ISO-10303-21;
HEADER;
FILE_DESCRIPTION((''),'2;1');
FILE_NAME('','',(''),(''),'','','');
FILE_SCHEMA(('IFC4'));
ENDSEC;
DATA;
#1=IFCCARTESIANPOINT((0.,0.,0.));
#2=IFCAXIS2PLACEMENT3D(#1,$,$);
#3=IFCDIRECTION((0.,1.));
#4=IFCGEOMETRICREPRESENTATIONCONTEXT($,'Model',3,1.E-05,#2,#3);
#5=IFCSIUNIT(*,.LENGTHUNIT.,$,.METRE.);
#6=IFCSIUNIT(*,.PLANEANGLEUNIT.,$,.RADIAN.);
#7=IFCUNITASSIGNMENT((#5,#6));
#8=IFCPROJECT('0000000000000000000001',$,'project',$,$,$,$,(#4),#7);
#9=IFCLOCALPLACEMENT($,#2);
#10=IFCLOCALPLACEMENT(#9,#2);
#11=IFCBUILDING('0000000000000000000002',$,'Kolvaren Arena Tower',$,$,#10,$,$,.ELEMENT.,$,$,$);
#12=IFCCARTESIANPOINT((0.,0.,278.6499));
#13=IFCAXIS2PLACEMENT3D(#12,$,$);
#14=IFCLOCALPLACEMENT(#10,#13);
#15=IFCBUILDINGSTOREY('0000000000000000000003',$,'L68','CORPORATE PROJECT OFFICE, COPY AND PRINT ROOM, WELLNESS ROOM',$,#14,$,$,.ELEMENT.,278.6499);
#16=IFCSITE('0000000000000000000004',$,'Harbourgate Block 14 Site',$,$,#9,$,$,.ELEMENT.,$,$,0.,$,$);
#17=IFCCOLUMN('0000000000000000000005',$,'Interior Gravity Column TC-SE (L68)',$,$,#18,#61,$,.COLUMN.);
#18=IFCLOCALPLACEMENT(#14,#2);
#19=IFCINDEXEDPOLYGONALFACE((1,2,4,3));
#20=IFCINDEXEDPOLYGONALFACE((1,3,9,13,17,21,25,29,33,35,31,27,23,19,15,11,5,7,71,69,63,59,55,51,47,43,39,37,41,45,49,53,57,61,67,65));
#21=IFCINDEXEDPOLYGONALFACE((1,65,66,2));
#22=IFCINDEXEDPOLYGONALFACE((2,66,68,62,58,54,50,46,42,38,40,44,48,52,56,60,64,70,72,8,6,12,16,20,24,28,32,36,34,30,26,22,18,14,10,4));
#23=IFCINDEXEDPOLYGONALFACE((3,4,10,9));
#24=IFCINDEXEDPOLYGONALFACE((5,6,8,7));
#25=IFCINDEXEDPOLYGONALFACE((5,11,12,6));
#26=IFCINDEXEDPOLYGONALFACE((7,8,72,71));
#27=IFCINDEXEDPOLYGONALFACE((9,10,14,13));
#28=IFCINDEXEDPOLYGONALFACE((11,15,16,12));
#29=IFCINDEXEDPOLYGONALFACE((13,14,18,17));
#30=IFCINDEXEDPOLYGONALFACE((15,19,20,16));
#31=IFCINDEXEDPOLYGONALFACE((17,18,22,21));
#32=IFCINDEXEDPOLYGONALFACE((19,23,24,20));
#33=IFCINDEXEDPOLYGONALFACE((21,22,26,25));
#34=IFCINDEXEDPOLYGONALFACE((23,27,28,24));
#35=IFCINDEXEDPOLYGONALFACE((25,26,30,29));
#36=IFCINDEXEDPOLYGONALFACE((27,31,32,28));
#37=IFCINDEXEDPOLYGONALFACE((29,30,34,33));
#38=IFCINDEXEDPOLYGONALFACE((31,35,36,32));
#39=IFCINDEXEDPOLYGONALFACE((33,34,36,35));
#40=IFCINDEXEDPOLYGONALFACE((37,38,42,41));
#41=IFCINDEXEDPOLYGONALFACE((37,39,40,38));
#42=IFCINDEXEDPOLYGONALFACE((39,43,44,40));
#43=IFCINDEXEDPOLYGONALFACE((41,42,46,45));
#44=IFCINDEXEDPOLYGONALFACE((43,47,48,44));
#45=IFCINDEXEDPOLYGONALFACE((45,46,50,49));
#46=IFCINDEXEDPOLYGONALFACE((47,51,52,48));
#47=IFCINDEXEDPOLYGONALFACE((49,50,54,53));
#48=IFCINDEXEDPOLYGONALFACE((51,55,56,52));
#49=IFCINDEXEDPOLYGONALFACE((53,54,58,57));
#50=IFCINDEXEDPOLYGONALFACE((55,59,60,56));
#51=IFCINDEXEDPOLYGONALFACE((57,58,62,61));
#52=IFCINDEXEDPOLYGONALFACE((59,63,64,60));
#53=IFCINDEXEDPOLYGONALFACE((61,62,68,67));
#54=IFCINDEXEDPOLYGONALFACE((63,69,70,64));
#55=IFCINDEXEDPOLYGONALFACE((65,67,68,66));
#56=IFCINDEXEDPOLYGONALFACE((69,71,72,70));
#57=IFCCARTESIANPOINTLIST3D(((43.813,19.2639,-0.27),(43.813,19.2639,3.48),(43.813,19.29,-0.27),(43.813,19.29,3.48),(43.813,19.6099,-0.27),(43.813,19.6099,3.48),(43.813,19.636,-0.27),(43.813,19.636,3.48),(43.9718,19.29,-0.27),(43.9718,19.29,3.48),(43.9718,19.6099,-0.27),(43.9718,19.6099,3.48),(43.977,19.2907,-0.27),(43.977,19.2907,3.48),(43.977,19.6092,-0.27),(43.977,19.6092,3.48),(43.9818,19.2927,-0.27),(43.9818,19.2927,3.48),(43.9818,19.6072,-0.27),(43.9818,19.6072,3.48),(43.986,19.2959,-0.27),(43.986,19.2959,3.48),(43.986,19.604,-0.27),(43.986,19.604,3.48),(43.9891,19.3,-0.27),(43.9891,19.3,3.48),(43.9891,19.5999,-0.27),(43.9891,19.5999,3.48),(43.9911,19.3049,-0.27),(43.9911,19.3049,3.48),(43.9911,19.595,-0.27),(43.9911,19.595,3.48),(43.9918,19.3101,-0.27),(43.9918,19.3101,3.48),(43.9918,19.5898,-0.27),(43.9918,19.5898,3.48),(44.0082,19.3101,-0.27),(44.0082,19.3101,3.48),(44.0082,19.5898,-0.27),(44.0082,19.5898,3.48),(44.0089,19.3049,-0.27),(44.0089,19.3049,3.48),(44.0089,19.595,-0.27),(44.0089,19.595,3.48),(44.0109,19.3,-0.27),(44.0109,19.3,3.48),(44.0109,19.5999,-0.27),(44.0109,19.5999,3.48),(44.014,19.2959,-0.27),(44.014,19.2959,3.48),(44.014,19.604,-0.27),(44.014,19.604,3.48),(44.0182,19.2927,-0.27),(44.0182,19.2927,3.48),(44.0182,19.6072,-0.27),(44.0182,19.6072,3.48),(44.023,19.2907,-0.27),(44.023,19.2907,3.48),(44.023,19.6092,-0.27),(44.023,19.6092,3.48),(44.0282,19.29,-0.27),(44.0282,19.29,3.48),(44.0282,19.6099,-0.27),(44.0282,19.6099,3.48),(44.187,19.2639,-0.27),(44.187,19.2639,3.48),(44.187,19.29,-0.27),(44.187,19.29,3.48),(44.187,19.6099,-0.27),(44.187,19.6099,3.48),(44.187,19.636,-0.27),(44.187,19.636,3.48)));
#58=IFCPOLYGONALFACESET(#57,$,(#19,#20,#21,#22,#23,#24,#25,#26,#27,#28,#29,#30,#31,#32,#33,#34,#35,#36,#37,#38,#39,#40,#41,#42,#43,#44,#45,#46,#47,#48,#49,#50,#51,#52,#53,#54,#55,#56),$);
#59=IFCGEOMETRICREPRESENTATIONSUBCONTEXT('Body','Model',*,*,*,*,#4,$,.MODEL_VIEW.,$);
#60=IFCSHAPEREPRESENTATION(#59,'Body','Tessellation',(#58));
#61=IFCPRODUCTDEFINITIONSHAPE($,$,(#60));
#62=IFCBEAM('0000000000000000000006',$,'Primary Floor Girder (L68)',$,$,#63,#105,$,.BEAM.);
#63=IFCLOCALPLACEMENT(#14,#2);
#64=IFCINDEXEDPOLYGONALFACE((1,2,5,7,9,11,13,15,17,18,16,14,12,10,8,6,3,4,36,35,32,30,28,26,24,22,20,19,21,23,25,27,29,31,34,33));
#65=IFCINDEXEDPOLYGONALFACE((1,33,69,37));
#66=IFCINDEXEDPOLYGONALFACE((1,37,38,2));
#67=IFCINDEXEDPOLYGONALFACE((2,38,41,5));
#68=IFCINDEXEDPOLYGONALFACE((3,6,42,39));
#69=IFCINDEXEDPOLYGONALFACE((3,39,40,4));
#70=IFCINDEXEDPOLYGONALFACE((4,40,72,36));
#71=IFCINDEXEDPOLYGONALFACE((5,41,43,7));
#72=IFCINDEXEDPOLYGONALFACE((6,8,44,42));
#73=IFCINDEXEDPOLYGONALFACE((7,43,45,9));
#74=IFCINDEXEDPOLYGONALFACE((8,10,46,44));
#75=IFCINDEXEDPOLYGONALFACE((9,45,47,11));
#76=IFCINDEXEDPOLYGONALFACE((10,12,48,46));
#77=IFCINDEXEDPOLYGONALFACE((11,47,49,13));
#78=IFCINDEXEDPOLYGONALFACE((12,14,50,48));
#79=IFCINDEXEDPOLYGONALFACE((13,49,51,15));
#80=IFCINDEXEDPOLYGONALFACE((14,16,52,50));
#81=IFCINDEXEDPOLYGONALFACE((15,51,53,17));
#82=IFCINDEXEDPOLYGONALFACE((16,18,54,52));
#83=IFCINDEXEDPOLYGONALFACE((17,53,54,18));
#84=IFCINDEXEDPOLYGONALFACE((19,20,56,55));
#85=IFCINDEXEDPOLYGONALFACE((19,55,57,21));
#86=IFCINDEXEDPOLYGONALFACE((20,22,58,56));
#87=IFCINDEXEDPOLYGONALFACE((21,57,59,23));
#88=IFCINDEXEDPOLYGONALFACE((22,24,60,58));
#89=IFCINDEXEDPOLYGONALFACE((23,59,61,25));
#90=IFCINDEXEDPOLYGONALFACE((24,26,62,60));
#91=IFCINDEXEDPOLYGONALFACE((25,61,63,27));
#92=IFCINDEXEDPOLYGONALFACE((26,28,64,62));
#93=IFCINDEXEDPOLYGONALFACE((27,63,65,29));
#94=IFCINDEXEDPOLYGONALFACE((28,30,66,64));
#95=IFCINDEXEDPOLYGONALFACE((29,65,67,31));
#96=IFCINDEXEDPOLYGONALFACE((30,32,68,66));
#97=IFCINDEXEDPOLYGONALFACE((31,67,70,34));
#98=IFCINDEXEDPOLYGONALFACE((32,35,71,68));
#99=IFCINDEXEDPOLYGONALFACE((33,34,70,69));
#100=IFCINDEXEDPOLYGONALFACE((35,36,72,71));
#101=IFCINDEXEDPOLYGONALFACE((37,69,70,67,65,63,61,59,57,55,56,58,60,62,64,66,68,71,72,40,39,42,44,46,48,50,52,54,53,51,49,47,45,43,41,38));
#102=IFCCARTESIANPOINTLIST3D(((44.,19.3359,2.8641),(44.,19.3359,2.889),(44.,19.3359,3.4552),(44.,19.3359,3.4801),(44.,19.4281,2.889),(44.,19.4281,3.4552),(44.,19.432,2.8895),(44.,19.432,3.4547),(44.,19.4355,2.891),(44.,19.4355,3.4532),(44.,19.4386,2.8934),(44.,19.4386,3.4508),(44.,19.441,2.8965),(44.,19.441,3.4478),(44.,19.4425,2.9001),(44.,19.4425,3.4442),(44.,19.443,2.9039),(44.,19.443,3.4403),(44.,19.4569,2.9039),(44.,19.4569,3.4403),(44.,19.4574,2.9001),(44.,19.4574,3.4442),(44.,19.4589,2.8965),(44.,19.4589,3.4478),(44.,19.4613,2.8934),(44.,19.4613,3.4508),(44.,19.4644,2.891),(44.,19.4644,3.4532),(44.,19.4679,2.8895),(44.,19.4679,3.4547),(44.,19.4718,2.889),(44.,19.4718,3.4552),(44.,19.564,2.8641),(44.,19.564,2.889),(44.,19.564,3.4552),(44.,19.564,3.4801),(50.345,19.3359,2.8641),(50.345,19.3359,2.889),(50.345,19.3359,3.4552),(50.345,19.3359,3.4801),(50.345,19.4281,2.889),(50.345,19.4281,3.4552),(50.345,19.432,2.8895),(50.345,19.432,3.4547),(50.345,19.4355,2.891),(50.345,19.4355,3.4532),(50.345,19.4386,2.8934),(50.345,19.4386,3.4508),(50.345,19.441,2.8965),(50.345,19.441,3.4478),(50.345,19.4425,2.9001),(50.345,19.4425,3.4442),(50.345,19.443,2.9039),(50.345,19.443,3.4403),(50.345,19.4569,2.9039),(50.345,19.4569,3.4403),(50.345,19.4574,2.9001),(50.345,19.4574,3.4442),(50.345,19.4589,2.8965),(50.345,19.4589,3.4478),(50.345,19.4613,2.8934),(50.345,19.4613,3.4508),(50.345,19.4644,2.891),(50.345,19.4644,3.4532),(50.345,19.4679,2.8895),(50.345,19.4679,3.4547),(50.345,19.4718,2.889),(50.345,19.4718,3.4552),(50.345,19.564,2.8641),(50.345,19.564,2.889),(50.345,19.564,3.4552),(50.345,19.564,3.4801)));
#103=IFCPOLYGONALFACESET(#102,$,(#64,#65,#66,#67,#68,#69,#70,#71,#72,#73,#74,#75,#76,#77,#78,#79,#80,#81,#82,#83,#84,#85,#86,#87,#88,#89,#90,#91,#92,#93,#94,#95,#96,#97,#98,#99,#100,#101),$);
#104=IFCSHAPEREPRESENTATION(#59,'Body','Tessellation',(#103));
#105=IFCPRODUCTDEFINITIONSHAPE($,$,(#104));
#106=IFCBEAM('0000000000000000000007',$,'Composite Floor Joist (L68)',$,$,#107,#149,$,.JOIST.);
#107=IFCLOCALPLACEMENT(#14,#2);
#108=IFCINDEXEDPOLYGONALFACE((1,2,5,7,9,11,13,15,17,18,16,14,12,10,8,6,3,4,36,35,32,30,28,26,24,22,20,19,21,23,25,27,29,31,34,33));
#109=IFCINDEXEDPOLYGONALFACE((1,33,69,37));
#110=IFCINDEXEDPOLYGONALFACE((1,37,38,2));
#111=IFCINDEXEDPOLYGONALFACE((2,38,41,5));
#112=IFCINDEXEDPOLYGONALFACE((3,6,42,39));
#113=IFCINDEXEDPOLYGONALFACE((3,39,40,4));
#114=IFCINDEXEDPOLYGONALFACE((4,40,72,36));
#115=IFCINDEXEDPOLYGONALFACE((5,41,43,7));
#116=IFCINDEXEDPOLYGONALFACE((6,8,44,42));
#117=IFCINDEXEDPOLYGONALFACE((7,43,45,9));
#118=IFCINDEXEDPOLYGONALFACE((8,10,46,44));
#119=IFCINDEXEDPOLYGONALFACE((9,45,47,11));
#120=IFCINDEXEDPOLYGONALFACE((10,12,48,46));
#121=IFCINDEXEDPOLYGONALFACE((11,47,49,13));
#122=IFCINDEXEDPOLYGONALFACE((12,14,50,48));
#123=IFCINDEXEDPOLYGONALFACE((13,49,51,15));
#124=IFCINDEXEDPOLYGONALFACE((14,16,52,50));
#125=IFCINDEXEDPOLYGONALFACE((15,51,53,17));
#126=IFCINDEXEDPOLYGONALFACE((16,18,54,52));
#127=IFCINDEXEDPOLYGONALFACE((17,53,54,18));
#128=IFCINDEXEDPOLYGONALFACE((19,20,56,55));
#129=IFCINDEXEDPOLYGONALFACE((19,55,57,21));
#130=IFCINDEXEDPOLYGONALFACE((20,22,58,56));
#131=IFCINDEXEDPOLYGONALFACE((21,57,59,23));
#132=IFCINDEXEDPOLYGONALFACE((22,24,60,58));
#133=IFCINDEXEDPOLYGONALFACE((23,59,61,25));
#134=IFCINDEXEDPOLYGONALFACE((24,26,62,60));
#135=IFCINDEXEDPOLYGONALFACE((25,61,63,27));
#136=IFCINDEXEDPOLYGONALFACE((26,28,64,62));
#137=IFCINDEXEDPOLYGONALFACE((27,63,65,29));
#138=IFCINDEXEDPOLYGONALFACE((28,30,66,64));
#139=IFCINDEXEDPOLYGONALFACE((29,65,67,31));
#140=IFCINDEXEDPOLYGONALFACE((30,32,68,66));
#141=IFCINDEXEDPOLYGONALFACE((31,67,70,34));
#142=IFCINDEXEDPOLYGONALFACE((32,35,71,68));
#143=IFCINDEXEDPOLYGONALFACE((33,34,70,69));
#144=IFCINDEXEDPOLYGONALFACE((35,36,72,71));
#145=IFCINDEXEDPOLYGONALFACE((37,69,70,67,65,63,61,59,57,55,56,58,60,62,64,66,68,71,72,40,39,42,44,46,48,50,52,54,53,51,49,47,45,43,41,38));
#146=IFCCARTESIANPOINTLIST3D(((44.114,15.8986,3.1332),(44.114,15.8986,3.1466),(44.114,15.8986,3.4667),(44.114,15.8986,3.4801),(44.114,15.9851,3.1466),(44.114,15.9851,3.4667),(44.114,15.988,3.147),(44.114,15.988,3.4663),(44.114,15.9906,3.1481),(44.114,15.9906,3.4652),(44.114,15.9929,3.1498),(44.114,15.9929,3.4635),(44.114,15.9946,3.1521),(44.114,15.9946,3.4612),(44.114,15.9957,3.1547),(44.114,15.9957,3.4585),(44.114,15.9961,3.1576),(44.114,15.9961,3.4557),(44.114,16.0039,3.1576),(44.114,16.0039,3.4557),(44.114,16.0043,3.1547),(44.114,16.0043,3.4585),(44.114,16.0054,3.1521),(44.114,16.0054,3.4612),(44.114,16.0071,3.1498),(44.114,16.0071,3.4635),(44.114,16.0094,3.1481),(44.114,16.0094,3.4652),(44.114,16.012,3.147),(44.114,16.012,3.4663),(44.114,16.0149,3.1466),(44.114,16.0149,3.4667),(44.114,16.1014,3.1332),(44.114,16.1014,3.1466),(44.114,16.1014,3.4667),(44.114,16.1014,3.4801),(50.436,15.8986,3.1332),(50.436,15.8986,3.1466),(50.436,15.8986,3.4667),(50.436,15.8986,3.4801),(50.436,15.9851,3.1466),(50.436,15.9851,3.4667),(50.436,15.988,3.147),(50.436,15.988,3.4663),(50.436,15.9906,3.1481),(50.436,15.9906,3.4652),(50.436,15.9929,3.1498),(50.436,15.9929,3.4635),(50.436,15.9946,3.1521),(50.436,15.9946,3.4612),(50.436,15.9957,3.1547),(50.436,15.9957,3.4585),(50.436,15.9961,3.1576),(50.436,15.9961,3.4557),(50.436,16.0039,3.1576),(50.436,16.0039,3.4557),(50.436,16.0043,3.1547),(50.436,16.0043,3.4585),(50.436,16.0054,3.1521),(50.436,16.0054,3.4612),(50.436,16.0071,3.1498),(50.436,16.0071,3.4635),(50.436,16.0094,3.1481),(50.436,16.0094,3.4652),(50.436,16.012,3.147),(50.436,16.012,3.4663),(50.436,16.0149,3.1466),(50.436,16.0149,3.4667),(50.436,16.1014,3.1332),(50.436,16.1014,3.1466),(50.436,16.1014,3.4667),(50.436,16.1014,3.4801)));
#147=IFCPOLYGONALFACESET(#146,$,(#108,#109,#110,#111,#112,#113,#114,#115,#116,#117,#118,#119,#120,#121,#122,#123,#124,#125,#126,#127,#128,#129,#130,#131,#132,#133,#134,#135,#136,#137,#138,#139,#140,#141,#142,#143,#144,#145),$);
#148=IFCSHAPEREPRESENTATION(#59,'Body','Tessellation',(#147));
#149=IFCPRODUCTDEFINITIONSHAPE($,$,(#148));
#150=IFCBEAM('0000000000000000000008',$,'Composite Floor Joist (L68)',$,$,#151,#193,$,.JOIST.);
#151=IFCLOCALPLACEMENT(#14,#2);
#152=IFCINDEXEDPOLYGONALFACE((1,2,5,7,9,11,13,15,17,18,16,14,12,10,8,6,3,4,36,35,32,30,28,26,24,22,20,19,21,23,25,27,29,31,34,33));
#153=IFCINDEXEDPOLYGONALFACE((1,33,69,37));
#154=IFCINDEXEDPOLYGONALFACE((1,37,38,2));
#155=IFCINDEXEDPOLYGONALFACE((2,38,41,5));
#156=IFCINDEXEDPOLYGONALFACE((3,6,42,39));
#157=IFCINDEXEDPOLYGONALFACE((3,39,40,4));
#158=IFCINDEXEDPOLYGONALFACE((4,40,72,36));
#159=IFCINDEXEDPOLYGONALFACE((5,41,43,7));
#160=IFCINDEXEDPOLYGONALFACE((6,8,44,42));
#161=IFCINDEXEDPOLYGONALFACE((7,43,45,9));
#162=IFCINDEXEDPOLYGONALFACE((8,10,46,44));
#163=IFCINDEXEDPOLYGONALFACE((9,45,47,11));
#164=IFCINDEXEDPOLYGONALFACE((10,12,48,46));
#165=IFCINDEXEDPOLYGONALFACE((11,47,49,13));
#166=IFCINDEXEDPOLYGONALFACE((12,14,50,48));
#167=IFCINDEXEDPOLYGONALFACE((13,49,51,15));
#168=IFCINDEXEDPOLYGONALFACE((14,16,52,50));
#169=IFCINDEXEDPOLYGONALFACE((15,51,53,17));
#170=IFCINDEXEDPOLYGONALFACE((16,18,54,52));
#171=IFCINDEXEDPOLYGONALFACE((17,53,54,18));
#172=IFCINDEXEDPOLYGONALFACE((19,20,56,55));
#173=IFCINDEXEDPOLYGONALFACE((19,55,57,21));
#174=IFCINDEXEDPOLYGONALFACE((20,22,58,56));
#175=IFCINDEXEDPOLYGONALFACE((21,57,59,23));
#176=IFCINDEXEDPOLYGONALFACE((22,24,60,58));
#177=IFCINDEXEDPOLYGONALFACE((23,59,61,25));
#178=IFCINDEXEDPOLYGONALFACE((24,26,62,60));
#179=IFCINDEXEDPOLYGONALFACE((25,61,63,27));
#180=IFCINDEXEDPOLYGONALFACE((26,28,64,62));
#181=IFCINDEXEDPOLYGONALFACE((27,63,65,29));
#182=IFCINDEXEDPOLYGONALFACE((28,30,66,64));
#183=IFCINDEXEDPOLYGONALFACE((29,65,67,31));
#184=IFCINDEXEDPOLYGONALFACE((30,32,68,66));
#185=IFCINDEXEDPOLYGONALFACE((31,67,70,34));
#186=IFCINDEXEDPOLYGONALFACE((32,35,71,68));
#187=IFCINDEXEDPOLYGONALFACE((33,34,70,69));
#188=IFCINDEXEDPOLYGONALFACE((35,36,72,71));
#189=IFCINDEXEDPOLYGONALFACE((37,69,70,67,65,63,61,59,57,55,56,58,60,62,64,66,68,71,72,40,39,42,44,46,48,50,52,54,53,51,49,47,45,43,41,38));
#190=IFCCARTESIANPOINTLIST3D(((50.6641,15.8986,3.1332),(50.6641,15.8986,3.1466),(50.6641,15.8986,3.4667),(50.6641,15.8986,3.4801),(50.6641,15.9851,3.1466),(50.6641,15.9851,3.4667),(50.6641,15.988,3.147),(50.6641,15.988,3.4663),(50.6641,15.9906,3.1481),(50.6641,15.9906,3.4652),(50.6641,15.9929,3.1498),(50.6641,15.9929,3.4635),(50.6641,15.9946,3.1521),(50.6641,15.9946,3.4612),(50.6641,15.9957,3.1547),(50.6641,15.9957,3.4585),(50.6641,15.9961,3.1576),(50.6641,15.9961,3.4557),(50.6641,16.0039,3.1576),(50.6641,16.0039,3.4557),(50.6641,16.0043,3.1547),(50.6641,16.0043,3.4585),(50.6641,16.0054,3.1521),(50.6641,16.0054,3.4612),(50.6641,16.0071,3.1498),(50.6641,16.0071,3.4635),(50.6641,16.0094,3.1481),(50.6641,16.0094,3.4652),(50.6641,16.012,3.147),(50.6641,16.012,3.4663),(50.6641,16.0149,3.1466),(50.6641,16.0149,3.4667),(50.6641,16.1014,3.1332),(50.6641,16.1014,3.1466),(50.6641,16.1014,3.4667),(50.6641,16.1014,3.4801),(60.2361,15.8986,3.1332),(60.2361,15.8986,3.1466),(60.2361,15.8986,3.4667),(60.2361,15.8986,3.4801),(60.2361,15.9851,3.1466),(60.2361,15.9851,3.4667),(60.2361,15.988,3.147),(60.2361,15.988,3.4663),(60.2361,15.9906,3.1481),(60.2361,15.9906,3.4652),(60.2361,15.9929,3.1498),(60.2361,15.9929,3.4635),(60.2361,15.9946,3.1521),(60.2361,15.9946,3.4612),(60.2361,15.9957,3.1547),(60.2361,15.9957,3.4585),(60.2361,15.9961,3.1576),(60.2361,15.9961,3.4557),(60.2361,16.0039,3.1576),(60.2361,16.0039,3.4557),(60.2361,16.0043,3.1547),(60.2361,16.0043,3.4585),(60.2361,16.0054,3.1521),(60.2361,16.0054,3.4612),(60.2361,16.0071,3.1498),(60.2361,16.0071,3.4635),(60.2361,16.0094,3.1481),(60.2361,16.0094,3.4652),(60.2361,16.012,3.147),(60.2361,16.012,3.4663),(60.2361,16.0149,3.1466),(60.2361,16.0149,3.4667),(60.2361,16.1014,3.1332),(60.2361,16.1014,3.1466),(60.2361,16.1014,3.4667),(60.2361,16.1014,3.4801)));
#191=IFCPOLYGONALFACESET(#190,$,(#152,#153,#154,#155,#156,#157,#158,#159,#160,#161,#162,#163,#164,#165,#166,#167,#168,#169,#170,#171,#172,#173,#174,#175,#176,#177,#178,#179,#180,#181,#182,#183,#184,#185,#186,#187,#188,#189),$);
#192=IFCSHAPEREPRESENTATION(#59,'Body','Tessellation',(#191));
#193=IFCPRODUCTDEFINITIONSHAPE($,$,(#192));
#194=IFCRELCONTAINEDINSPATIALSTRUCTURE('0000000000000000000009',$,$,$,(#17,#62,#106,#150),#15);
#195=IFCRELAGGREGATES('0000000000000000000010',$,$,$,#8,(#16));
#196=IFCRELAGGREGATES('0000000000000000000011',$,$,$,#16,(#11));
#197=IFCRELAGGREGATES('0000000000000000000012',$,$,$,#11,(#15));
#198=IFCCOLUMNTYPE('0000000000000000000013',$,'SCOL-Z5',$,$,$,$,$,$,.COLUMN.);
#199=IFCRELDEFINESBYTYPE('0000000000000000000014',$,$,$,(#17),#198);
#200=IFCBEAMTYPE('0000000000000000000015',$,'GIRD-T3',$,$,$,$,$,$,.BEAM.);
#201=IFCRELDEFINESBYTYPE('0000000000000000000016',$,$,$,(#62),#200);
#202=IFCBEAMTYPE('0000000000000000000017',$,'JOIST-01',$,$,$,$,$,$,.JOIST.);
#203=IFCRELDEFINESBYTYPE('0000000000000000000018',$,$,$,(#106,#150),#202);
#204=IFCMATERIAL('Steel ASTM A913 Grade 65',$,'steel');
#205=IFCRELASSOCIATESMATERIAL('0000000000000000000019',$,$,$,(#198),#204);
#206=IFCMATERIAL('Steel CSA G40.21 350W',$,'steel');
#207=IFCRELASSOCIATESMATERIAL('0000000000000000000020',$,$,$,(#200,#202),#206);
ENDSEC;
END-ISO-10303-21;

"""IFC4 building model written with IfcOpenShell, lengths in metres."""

from ifc_helpers import new_model, si_unit, direction, frame, origin, origin_2d, place, context, subcontext, project, spatial, i_section, extrude, material, material_profile, profile_set, type_object, element, save


model = new_model("IFC4")

# Units and contexts
model_context = context("Model", 3, precision=1e-05, world=origin(), true_north=direction((0.0, 1.0)))
body_context = subcontext(model_context, "Body", "Model", "MODEL_VIEW")
ifc_project = project(units=[si_unit("LENGTHUNIT", "METRE"), si_unit("PLANEANGLEUNIT", "RADIAN")], contexts=[model_context])

# Site, building, storey
site_placement = place(None, origin())
site = spatial("IfcSite", under=ifc_project, at=site_placement, Name="Harbourgate Block 14 Site", CompositionType="ELEMENT", RefElevation=0.0)
building_placement = place(site_placement, origin())
building = spatial("IfcBuilding", under=site, at=building_placement, Name="Kolvaren Arena Tower", CompositionType="ELEMENT")
storey_placement = place(building_placement, frame((0.0, 0.0, 278.6499)))
storey = spatial("IfcBuildingStorey", under=building, at=storey_placement, Name="L68", Description="CORPORATE PROJECT OFFICE, COPY AND PRINT ROOM, WELLNESS ROOM", CompositionType="ELEMENT", Elevation=278.6499)

# Column
ifc_material_1 = material(Name="Steel ASTM A913 Grade 65", Category="steel")
ifc_material_profile_1 = material_profile(ifc_material_1, i_section(OverallWidth=0.374, OverallDepth=0.3721, WebThickness=0.0164, FlangeThickness=0.0261, FilletRadius=0.02, at=origin_2d()), Name="W360x196")
ifc_profile_set_1 = profile_set([ifc_material_profile_1], Name="Steel ASTM A913 Grade 65")
column_type = type_object("IfcColumnType", Name="SCOL-Z5", PredefinedType="COLUMN", material=ifc_profile_set_1)
column_placement = place(storey_placement, frame((44.0, 19.45, -0.27), z_axis=(0.0, 0.0, 1.0), x_axis=(1.0, 0.0, 0.0)))
element("IfcColumn", 1, at=column_placement, inside=storey, type_object=column_type, Name="Interior Gravity Column TC-SE (L68)", PredefinedType="COLUMN", context=body_context, shape_type="SweptSolid", body=[
    extrude(i_section(OverallWidth=0.374, OverallDepth=0.3721, WebThickness=0.0164, FlangeThickness=0.0261, FilletRadius=0.02, at=origin_2d()), origin(), (0.0, 0.0, 1.0), 3.75),
])

# Beams
ifc_material_2 = material(Name="Steel CSA G40.21 350W", Category="steel")
ifc_material_profile_2 = material_profile(ifc_material_2, i_section(OverallWidth=0.228, OverallDepth=0.616, WebThickness=0.0139, FlangeThickness=0.0249, FilletRadius=0.0149, at=origin_2d()), Name="W610x174")
ifc_profile_set_2 = profile_set([ifc_material_profile_2], Name="Steel CSA G40.21 350W")
beam_type_1 = type_object("IfcBeamType", Name="GIRD-T3", PredefinedType="BEAM", material=ifc_profile_set_2)
beam_1_placement = place(storey_placement, frame((44.0, 19.45, 3.1721), z_axis=(1.0, 0.0, 0.0), x_axis=(0.0, 1.0, 0.0)))
element("IfcBeam", 2, at=beam_1_placement, inside=storey, type_object=beam_type_1, Name="Primary Floor Girder (L68)", PredefinedType="BEAM", context=body_context, shape_type="SweptSolid", body=[
    extrude(i_section(OverallWidth=0.228, OverallDepth=0.616, WebThickness=0.0139, FlangeThickness=0.0249, FilletRadius=0.0149, at=origin_2d()), origin(), (0.0, 0.0, 1.0), 6.345),
])
ifc_material_profile_3 = material_profile(ifc_material_2, i_section(OverallWidth=0.2029, OverallDepth=0.3469, WebThickness=0.0078, FlangeThickness=0.0134, FilletRadius=0.011, at=origin_2d()), Name="W360x64")
ifc_profile_set_3 = profile_set([ifc_material_profile_3], Name="Steel CSA G40.21 350W")
beam_type_2 = type_object("IfcBeamType", Name="JOIST-01", PredefinedType="JOIST", material=ifc_profile_set_3)
beam_2_placement = place(storey_placement, frame((44.114, 16.0, 3.3066), z_axis=(1.0, 0.0, 0.0), x_axis=(0.0, 1.0, 0.0)))
element("IfcBeam", 3, at=beam_2_placement, inside=storey, type_object=beam_type_2, Name="Composite Floor Joist (L68)", PredefinedType="JOIST", context=body_context, shape_type="SweptSolid", body=[
    extrude(i_section(OverallWidth=0.2029, OverallDepth=0.3469, WebThickness=0.0078, FlangeThickness=0.0134, FilletRadius=0.011, at=origin_2d()), origin(), (0.0, 0.0, 1.0), 6.322),
])
beam_3_placement = place(storey_placement, frame((50.6641, 16.0, 3.3066), z_axis=(1.0, 0.0, 0.0), x_axis=(0.0, 1.0, 0.0)))
element("IfcBeam", 4, at=beam_3_placement, inside=storey, type_object=beam_type_2, Name="Composite Floor Joist (L68)", PredefinedType="JOIST", context=body_context, shape_type="SweptSolid", body=[
    extrude(i_section(OverallWidth=0.2029, OverallDepth=0.3469, WebThickness=0.0078, FlangeThickness=0.0134, FilletRadius=0.011, at=origin_2d()), origin(), (0.0, 0.0, 1.0), 9.572),
])

save(model, "model.ifc")
